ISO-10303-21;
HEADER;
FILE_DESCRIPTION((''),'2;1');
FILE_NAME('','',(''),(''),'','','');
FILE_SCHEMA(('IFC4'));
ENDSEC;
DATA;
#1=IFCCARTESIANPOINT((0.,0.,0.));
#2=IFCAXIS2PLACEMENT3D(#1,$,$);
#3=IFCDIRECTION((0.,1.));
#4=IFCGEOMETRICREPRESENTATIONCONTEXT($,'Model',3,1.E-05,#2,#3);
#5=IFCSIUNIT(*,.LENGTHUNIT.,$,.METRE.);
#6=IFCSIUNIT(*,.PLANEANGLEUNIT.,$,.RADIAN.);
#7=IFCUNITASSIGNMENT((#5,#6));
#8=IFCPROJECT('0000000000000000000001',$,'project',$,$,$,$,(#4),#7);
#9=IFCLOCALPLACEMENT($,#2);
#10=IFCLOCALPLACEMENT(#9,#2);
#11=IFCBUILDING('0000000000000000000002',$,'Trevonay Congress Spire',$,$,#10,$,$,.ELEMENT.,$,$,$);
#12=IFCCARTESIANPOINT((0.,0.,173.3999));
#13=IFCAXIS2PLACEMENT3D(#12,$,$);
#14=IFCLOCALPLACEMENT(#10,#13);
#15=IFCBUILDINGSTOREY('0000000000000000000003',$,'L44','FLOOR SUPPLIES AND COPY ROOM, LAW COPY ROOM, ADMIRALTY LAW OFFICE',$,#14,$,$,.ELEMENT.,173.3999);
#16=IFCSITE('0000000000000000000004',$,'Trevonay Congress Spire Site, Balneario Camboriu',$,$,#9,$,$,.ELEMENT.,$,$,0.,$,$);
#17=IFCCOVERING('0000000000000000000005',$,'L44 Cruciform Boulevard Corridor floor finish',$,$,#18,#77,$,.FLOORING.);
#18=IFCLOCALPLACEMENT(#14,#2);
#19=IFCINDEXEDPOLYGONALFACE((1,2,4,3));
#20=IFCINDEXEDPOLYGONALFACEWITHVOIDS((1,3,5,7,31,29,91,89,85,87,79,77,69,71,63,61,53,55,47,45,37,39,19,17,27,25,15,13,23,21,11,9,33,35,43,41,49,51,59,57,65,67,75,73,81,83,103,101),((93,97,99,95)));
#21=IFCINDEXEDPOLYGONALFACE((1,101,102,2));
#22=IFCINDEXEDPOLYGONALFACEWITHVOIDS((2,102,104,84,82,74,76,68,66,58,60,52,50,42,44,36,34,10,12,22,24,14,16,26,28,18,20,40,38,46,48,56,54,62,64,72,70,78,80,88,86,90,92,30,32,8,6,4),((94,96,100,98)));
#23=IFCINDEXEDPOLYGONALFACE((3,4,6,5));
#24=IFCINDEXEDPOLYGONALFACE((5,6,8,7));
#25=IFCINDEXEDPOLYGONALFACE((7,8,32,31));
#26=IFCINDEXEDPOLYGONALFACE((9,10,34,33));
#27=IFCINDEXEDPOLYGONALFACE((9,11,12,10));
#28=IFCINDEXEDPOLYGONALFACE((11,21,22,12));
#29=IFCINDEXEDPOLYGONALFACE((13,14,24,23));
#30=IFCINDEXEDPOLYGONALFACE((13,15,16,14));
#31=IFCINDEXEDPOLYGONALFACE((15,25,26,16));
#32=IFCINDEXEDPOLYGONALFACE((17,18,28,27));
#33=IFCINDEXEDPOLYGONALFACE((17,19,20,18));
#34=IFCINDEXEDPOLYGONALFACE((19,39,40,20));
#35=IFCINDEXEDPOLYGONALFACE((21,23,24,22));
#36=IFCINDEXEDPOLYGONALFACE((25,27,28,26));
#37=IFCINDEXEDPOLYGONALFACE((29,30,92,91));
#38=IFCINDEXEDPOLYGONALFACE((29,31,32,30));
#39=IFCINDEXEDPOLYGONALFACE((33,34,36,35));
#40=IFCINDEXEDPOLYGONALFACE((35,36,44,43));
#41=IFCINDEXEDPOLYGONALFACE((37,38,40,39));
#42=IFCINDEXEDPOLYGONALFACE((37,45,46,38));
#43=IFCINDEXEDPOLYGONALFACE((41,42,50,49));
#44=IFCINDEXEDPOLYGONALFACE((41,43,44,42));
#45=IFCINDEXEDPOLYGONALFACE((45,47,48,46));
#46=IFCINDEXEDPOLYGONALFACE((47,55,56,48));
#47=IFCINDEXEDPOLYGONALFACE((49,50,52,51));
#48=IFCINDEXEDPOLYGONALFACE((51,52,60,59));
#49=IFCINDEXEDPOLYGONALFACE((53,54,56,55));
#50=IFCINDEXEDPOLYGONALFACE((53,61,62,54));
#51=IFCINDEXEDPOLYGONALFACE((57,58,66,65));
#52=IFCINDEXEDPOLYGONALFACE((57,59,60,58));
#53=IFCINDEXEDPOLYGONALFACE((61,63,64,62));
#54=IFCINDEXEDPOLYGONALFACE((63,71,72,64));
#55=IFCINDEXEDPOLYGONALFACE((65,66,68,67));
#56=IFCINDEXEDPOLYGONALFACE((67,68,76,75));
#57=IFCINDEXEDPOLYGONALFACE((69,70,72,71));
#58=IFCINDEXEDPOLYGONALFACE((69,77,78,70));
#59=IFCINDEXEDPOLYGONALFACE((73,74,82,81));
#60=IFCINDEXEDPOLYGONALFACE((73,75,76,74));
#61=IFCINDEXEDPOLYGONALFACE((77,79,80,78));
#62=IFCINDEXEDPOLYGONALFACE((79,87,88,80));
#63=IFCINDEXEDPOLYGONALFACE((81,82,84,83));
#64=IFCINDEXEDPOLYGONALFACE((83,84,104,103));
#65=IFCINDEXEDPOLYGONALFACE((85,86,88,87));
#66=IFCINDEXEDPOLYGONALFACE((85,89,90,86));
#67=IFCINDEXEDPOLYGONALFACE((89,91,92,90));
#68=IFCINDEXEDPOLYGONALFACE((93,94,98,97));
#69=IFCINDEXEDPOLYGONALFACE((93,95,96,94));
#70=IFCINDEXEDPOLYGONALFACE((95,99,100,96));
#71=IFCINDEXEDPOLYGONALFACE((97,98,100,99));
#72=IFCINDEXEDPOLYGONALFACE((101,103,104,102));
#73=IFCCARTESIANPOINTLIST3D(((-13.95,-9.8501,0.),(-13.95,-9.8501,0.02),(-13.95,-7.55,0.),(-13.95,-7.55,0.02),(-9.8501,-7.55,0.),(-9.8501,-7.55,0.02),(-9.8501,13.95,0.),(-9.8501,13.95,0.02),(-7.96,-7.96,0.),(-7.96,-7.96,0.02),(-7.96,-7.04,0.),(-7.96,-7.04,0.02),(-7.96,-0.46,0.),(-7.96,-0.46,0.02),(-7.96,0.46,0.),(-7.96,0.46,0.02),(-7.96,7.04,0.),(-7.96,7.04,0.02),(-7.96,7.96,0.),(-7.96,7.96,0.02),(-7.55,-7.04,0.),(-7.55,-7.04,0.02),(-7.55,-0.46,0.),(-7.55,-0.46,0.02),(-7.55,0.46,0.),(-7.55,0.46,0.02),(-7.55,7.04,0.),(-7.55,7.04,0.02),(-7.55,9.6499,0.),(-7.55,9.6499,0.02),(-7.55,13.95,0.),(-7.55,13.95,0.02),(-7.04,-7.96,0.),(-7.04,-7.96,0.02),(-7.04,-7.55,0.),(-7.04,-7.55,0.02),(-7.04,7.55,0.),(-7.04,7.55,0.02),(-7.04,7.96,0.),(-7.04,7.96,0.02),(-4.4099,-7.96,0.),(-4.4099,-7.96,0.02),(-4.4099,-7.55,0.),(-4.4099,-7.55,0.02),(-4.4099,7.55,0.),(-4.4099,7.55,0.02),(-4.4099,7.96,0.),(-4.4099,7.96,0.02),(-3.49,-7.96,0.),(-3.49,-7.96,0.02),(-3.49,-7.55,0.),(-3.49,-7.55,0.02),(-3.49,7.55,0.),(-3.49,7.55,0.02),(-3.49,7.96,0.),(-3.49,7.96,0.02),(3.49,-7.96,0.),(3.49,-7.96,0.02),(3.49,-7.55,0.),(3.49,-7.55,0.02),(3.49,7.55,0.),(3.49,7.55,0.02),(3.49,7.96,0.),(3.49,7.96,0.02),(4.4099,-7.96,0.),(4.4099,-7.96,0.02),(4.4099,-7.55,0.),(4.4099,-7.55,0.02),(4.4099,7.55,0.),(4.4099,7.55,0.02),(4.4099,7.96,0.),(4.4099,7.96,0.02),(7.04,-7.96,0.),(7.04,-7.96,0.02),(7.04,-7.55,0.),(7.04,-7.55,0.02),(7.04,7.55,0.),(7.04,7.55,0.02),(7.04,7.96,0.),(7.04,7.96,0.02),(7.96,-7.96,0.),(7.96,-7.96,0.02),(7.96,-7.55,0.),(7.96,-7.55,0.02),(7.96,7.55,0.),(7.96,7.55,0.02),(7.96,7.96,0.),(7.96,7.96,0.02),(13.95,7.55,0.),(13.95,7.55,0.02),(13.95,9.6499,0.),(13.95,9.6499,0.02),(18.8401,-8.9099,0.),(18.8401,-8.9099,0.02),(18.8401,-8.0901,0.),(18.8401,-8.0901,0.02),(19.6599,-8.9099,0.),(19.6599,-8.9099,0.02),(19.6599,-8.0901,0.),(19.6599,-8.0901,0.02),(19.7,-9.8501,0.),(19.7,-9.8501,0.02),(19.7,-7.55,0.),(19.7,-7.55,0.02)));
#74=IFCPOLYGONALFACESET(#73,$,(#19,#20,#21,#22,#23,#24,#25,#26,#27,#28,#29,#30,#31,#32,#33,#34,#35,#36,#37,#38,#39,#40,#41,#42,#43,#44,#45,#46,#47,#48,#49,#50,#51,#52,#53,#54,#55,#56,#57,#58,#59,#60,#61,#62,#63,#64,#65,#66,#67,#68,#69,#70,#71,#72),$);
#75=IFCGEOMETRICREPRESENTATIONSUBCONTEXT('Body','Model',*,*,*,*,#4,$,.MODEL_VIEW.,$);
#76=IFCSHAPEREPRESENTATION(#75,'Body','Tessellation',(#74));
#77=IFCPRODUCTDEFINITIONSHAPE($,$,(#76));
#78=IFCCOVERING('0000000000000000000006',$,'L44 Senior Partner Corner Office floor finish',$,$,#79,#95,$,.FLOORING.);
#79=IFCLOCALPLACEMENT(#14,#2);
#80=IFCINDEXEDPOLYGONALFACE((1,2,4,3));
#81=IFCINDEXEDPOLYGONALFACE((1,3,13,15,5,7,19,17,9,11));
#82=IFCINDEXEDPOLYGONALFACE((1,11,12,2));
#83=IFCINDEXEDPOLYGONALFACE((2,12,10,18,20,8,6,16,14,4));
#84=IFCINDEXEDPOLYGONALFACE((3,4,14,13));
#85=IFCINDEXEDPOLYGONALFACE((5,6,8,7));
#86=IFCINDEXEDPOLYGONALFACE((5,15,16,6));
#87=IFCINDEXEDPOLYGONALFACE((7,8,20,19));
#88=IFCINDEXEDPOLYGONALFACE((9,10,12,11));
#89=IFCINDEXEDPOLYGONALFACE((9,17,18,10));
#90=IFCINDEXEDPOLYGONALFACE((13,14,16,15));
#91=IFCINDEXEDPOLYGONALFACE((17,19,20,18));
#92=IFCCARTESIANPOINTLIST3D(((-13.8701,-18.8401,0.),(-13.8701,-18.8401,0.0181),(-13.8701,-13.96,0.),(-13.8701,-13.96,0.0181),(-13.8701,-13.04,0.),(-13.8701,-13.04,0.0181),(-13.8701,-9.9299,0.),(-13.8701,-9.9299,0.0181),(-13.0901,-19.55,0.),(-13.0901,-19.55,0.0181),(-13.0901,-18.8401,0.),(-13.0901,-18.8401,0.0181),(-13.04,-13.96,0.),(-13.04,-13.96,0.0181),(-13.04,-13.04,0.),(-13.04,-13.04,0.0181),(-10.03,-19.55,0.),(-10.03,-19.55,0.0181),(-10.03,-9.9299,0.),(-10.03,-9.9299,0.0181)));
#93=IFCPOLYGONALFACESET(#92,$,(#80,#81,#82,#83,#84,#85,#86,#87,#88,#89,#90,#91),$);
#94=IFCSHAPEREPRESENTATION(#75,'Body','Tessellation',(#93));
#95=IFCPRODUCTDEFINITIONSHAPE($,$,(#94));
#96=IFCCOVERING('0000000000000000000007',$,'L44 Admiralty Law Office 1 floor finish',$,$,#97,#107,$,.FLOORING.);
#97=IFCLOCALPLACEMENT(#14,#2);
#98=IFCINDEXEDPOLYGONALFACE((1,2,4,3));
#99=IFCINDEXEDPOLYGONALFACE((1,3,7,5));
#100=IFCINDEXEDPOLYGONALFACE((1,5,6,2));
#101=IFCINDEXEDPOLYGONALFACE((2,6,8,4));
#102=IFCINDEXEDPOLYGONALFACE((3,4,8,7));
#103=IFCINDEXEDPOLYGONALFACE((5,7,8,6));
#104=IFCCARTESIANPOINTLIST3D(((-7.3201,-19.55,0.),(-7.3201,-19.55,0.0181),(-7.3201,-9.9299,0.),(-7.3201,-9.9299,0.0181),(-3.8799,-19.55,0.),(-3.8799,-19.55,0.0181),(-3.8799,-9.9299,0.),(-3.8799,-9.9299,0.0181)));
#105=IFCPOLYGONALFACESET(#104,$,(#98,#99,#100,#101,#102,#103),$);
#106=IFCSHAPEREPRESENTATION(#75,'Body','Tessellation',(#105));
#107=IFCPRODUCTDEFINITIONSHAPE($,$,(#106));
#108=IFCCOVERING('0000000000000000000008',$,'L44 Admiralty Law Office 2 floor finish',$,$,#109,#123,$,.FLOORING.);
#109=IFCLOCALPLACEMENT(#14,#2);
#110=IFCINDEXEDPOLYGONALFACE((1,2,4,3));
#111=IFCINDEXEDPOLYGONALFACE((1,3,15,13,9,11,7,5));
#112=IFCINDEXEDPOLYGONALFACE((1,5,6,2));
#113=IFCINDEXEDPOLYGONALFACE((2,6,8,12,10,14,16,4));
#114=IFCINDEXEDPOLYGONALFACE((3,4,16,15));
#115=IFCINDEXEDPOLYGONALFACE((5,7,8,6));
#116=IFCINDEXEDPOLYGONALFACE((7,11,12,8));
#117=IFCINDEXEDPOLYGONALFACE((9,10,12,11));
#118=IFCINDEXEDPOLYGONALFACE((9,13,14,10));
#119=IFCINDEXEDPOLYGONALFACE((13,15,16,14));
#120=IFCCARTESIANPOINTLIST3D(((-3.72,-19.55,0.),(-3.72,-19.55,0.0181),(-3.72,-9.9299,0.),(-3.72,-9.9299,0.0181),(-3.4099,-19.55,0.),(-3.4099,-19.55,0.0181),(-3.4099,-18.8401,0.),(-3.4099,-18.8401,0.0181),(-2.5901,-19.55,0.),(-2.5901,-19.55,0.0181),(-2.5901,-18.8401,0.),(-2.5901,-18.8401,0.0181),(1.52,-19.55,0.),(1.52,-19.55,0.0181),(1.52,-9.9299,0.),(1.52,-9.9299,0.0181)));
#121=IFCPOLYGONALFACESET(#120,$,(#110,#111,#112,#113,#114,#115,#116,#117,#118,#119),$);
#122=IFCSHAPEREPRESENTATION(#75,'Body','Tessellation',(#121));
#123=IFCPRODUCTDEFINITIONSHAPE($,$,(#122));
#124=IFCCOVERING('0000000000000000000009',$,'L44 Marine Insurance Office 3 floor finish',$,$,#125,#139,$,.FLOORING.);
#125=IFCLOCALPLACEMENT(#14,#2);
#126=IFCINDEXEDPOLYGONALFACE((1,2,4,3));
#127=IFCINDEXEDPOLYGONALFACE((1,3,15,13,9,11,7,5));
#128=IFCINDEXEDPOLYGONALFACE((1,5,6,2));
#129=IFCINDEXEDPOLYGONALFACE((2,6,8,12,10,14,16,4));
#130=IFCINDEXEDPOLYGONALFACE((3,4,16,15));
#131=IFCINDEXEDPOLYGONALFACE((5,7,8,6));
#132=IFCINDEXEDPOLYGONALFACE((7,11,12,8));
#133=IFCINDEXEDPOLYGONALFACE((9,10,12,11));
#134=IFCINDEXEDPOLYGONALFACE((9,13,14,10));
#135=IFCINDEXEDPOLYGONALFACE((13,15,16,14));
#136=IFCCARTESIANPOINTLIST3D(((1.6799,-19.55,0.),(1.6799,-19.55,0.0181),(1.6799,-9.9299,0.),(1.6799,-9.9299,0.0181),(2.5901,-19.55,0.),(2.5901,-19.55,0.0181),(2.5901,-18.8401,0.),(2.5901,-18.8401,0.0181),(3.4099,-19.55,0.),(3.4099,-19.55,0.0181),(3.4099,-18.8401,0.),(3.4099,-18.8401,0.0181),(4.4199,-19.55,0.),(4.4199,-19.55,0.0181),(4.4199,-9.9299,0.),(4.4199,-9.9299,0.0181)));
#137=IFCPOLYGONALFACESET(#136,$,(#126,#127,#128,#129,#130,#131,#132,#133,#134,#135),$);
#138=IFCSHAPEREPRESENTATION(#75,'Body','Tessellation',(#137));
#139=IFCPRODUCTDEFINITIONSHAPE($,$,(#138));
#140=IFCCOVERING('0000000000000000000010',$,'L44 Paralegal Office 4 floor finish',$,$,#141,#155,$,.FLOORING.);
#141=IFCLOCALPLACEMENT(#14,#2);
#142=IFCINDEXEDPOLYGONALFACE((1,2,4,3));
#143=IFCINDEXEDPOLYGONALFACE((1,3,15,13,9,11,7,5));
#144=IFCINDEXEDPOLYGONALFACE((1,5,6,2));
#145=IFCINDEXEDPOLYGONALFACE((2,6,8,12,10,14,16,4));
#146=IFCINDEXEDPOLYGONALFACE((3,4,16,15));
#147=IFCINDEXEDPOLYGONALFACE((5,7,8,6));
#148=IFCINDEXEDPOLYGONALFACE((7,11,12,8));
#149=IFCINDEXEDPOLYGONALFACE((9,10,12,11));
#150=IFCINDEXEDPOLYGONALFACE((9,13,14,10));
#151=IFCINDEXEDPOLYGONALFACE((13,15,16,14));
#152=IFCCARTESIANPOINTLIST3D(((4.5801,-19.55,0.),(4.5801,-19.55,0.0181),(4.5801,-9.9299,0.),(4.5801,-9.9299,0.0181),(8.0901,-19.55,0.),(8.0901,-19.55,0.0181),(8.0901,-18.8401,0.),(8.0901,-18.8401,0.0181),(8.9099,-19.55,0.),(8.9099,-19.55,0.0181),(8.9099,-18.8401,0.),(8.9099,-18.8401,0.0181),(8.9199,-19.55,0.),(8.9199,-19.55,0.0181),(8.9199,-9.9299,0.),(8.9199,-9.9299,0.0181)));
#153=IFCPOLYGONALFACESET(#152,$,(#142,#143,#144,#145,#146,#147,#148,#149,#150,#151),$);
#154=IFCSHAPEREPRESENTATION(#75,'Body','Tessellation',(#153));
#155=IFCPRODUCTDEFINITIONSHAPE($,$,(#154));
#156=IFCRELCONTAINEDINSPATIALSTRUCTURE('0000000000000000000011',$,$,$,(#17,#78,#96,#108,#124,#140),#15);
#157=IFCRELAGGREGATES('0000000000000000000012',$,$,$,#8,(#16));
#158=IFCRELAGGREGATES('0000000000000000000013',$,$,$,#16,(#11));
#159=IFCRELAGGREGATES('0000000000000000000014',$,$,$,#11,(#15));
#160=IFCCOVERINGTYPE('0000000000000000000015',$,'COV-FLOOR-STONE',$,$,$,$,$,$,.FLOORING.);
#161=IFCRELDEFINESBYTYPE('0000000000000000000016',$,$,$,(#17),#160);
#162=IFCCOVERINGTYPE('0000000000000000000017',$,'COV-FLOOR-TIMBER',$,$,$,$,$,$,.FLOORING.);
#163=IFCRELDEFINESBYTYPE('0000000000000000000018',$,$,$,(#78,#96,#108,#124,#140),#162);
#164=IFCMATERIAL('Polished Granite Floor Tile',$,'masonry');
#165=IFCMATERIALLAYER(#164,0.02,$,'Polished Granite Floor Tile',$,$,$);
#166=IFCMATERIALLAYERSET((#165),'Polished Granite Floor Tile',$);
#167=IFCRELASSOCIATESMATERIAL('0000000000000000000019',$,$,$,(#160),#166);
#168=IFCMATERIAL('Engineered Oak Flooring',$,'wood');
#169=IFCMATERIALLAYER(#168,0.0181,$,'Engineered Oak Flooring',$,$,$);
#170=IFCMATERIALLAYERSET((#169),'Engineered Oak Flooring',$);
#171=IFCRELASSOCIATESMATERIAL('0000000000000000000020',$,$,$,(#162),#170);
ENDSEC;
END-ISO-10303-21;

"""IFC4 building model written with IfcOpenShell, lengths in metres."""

from ifc_helpers import new_model, si_unit, direction, frame, origin, place, context, subcontext, project, spatial, polyline, outline, extrude, material, layer, layer_set, type_object, element, save


model = new_model("IFC4")

# Units and contexts
model_context = context("Model", 3, precision=1e-05, world=origin(), true_north=direction((0.0, 1.0)))
body_context = subcontext(model_context, "Body", "Model", "MODEL_VIEW")
ifc_project = project(units=[si_unit("LENGTHUNIT", "METRE"), si_unit("PLANEANGLEUNIT", "RADIAN")], contexts=[model_context])

# Site, building, storey
site_placement = place(None, origin())
site = spatial("IfcSite", under=ifc_project, at=site_placement, Name="Trevonay Congress Spire Site, Balneario Camboriu", CompositionType="ELEMENT", RefElevation=0.0)
building_placement = place(site_placement, origin())
building = spatial("IfcBuilding", under=site, at=building_placement, Name="Trevonay Congress Spire", CompositionType="ELEMENT")
storey_placement = place(building_placement, frame((0.0, 0.0, 173.3999)))
storey = spatial("IfcBuildingStorey", under=building, at=storey_placement, Name="L44", Description="FLOOR SUPPLIES AND COPY ROOM, LAW COPY ROOM, ADMIRALTY LAW OFFICE", CompositionType="ELEMENT", Elevation=173.3999)

# Coverings
ifc_material_1 = material(Name="Polished Granite Floor Tile", Category="masonry")
ifc_layer_1 = layer(ifc_material_1, 0.02, Name="Polished Granite Floor Tile")
ifc_layer_set_1 = layer_set([ifc_layer_1], Name="Polished Granite Floor Tile")
covering_type_1 = type_object("IfcCoveringType", Name="COV-FLOOR-STONE", PredefinedType="FLOORING", material=ifc_layer_set_1)
covering_1_placement = place(storey_placement, origin())
element("IfcCovering", 1, at=covering_1_placement, inside=storey, type_object=covering_type_1, Name="L44 Cruciform Boulevard Corridor floor finish", PredefinedType="FLOORING", context=body_context, shape_type="SweptSolid", body=[
    extrude(outline(polyline([(19.7, -7.55), (19.7, -9.8501), (-13.95, -9.8501), (-13.95, -7.55), (-9.8501, -7.55), (-9.8501, 13.95), (-7.55, 13.95), (-7.55, 9.6499), (13.95, 9.6499), (13.95, 7.55), (7.96, 7.55), (7.96, 7.96), (7.04, 7.96), (7.04, 7.55), (4.4099, 7.55), (4.4099, 7.96), (3.49, 7.96), (3.49, 7.55), (-3.49, 7.55), (-3.49, 7.96), (-4.4099, 7.96), (-4.4099, 7.55), (-7.04, 7.55), (-7.04, 7.96), (-7.96, 7.96), (-7.96, 7.04), (-7.55, 7.04), (-7.55, 0.46), (-7.96, 0.46), (-7.96, -0.46), (-7.55, -0.46), (-7.55, -7.04), (-7.96, -7.04), (-7.96, -7.96), (-7.04, -7.96), (-7.04, -7.55), (-4.4099, -7.55), (-4.4099, -7.96), (-3.49, -7.96), (-3.49, -7.55), (3.49, -7.55), (3.49, -7.96), (4.4099, -7.96), (4.4099, -7.55), (7.04, -7.55), (7.04, -7.96), (7.96, -7.96), (7.96, -7.55), (19.7, -7.55)]), holes=[polyline([(19.6599, -8.0901), (18.8401, -8.0901), (18.8401, -8.9099), (19.6599, -8.9099), (19.6599, -8.0901)])]), origin(), (0.0, 0.0, 1.0), 0.02),
])
ifc_material_2 = material(Name="Engineered Oak Flooring", Category="wood")
ifc_layer_2 = layer(ifc_material_2, 0.0181, Name="Engineered Oak Flooring")
ifc_layer_set_2 = layer_set([ifc_layer_2], Name="Engineered Oak Flooring")
covering_type_2 = type_object("IfcCoveringType", Name="COV-FLOOR-TIMBER", PredefinedType="FLOORING", material=ifc_layer_set_2)
covering_2_placement = place(storey_placement, origin())
element("IfcCovering", 2, at=covering_2_placement, inside=storey, type_object=covering_type_2, Name="L44 Senior Partner Corner Office floor finish", PredefinedType="FLOORING", context=body_context, shape_type="SweptSolid", body=[
    extrude(outline(polyline([(-13.8701, -9.9299), (-10.03, -9.9299), (-10.03, -19.55), (-13.0901, -19.55), (-13.0901, -18.8401), (-13.8701, -18.8401), (-13.8701, -13.96), (-13.04, -13.96), (-13.04, -13.04), (-13.8701, -13.04), (-13.8701, -9.9299)])), origin(), (0.0, 0.0, 1.0), 0.0181),
])
covering_3_placement = place(storey_placement, origin())
element("IfcCovering", 3, at=covering_3_placement, inside=storey, type_object=covering_type_2, Name="L44 Admiralty Law Office 1 floor finish", PredefinedType="FLOORING", context=body_context, shape_type="SweptSolid", body=[
    extrude(outline(polyline([(-7.3201, -19.55), (-3.8799, -19.55), (-3.8799, -9.9299), (-7.3201, -9.9299), (-7.3201, -19.55)])), origin(), (0.0, 0.0, 1.0), 0.0181),
])
covering_4_placement = place(storey_placement, origin())
element("IfcCovering", 4, at=covering_4_placement, inside=storey, type_object=covering_type_2, Name="L44 Admiralty Law Office 2 floor finish", PredefinedType="FLOORING", context=body_context, shape_type="SweptSolid", body=[
    extrude(outline(polyline([(-3.72, -19.55), (-3.72, -9.9299), (1.52, -9.9299), (1.52, -19.55), (-2.5901, -19.55), (-2.5901, -18.8401), (-3.4099, -18.8401), (-3.4099, -19.55), (-3.72, -19.55)])), origin(), (0.0, 0.0, 1.0), 0.0181),
])
covering_5_placement = place(storey_placement, origin())
element("IfcCovering", 5, at=covering_5_placement, inside=storey, type_object=covering_type_2, Name="L44 Marine Insurance Office 3 floor finish", PredefinedType="FLOORING", context=body_context, shape_type="SweptSolid", body=[
    extrude(outline(polyline([(1.6799, -19.55), (1.6799, -9.9299), (4.4199, -9.9299), (4.4199, -19.55), (3.4099, -19.55), (3.4099, -18.8401), (2.5901, -18.8401), (2.5901, -19.55), (1.6799, -19.55)])), origin(), (0.0, 0.0, 1.0), 0.0181),
])
covering_6_placement = place(storey_placement, origin())
element("IfcCovering", 6, at=covering_6_placement, inside=storey, type_object=covering_type_2, Name="L44 Paralegal Office 4 floor finish", PredefinedType="FLOORING", context=body_context, shape_type="SweptSolid", body=[
    extrude(outline(polyline([(4.5801, -19.55), (4.5801, -9.9299), (8.9199, -9.9299), (8.9199, -19.55), (8.9099, -19.55), (8.9099, -18.8401), (8.0901, -18.8401), (8.0901, -19.55), (4.5801, -19.55)])), origin(), (0.0, 0.0, 1.0), 0.0181),
])

save(model, "model.ifc")
